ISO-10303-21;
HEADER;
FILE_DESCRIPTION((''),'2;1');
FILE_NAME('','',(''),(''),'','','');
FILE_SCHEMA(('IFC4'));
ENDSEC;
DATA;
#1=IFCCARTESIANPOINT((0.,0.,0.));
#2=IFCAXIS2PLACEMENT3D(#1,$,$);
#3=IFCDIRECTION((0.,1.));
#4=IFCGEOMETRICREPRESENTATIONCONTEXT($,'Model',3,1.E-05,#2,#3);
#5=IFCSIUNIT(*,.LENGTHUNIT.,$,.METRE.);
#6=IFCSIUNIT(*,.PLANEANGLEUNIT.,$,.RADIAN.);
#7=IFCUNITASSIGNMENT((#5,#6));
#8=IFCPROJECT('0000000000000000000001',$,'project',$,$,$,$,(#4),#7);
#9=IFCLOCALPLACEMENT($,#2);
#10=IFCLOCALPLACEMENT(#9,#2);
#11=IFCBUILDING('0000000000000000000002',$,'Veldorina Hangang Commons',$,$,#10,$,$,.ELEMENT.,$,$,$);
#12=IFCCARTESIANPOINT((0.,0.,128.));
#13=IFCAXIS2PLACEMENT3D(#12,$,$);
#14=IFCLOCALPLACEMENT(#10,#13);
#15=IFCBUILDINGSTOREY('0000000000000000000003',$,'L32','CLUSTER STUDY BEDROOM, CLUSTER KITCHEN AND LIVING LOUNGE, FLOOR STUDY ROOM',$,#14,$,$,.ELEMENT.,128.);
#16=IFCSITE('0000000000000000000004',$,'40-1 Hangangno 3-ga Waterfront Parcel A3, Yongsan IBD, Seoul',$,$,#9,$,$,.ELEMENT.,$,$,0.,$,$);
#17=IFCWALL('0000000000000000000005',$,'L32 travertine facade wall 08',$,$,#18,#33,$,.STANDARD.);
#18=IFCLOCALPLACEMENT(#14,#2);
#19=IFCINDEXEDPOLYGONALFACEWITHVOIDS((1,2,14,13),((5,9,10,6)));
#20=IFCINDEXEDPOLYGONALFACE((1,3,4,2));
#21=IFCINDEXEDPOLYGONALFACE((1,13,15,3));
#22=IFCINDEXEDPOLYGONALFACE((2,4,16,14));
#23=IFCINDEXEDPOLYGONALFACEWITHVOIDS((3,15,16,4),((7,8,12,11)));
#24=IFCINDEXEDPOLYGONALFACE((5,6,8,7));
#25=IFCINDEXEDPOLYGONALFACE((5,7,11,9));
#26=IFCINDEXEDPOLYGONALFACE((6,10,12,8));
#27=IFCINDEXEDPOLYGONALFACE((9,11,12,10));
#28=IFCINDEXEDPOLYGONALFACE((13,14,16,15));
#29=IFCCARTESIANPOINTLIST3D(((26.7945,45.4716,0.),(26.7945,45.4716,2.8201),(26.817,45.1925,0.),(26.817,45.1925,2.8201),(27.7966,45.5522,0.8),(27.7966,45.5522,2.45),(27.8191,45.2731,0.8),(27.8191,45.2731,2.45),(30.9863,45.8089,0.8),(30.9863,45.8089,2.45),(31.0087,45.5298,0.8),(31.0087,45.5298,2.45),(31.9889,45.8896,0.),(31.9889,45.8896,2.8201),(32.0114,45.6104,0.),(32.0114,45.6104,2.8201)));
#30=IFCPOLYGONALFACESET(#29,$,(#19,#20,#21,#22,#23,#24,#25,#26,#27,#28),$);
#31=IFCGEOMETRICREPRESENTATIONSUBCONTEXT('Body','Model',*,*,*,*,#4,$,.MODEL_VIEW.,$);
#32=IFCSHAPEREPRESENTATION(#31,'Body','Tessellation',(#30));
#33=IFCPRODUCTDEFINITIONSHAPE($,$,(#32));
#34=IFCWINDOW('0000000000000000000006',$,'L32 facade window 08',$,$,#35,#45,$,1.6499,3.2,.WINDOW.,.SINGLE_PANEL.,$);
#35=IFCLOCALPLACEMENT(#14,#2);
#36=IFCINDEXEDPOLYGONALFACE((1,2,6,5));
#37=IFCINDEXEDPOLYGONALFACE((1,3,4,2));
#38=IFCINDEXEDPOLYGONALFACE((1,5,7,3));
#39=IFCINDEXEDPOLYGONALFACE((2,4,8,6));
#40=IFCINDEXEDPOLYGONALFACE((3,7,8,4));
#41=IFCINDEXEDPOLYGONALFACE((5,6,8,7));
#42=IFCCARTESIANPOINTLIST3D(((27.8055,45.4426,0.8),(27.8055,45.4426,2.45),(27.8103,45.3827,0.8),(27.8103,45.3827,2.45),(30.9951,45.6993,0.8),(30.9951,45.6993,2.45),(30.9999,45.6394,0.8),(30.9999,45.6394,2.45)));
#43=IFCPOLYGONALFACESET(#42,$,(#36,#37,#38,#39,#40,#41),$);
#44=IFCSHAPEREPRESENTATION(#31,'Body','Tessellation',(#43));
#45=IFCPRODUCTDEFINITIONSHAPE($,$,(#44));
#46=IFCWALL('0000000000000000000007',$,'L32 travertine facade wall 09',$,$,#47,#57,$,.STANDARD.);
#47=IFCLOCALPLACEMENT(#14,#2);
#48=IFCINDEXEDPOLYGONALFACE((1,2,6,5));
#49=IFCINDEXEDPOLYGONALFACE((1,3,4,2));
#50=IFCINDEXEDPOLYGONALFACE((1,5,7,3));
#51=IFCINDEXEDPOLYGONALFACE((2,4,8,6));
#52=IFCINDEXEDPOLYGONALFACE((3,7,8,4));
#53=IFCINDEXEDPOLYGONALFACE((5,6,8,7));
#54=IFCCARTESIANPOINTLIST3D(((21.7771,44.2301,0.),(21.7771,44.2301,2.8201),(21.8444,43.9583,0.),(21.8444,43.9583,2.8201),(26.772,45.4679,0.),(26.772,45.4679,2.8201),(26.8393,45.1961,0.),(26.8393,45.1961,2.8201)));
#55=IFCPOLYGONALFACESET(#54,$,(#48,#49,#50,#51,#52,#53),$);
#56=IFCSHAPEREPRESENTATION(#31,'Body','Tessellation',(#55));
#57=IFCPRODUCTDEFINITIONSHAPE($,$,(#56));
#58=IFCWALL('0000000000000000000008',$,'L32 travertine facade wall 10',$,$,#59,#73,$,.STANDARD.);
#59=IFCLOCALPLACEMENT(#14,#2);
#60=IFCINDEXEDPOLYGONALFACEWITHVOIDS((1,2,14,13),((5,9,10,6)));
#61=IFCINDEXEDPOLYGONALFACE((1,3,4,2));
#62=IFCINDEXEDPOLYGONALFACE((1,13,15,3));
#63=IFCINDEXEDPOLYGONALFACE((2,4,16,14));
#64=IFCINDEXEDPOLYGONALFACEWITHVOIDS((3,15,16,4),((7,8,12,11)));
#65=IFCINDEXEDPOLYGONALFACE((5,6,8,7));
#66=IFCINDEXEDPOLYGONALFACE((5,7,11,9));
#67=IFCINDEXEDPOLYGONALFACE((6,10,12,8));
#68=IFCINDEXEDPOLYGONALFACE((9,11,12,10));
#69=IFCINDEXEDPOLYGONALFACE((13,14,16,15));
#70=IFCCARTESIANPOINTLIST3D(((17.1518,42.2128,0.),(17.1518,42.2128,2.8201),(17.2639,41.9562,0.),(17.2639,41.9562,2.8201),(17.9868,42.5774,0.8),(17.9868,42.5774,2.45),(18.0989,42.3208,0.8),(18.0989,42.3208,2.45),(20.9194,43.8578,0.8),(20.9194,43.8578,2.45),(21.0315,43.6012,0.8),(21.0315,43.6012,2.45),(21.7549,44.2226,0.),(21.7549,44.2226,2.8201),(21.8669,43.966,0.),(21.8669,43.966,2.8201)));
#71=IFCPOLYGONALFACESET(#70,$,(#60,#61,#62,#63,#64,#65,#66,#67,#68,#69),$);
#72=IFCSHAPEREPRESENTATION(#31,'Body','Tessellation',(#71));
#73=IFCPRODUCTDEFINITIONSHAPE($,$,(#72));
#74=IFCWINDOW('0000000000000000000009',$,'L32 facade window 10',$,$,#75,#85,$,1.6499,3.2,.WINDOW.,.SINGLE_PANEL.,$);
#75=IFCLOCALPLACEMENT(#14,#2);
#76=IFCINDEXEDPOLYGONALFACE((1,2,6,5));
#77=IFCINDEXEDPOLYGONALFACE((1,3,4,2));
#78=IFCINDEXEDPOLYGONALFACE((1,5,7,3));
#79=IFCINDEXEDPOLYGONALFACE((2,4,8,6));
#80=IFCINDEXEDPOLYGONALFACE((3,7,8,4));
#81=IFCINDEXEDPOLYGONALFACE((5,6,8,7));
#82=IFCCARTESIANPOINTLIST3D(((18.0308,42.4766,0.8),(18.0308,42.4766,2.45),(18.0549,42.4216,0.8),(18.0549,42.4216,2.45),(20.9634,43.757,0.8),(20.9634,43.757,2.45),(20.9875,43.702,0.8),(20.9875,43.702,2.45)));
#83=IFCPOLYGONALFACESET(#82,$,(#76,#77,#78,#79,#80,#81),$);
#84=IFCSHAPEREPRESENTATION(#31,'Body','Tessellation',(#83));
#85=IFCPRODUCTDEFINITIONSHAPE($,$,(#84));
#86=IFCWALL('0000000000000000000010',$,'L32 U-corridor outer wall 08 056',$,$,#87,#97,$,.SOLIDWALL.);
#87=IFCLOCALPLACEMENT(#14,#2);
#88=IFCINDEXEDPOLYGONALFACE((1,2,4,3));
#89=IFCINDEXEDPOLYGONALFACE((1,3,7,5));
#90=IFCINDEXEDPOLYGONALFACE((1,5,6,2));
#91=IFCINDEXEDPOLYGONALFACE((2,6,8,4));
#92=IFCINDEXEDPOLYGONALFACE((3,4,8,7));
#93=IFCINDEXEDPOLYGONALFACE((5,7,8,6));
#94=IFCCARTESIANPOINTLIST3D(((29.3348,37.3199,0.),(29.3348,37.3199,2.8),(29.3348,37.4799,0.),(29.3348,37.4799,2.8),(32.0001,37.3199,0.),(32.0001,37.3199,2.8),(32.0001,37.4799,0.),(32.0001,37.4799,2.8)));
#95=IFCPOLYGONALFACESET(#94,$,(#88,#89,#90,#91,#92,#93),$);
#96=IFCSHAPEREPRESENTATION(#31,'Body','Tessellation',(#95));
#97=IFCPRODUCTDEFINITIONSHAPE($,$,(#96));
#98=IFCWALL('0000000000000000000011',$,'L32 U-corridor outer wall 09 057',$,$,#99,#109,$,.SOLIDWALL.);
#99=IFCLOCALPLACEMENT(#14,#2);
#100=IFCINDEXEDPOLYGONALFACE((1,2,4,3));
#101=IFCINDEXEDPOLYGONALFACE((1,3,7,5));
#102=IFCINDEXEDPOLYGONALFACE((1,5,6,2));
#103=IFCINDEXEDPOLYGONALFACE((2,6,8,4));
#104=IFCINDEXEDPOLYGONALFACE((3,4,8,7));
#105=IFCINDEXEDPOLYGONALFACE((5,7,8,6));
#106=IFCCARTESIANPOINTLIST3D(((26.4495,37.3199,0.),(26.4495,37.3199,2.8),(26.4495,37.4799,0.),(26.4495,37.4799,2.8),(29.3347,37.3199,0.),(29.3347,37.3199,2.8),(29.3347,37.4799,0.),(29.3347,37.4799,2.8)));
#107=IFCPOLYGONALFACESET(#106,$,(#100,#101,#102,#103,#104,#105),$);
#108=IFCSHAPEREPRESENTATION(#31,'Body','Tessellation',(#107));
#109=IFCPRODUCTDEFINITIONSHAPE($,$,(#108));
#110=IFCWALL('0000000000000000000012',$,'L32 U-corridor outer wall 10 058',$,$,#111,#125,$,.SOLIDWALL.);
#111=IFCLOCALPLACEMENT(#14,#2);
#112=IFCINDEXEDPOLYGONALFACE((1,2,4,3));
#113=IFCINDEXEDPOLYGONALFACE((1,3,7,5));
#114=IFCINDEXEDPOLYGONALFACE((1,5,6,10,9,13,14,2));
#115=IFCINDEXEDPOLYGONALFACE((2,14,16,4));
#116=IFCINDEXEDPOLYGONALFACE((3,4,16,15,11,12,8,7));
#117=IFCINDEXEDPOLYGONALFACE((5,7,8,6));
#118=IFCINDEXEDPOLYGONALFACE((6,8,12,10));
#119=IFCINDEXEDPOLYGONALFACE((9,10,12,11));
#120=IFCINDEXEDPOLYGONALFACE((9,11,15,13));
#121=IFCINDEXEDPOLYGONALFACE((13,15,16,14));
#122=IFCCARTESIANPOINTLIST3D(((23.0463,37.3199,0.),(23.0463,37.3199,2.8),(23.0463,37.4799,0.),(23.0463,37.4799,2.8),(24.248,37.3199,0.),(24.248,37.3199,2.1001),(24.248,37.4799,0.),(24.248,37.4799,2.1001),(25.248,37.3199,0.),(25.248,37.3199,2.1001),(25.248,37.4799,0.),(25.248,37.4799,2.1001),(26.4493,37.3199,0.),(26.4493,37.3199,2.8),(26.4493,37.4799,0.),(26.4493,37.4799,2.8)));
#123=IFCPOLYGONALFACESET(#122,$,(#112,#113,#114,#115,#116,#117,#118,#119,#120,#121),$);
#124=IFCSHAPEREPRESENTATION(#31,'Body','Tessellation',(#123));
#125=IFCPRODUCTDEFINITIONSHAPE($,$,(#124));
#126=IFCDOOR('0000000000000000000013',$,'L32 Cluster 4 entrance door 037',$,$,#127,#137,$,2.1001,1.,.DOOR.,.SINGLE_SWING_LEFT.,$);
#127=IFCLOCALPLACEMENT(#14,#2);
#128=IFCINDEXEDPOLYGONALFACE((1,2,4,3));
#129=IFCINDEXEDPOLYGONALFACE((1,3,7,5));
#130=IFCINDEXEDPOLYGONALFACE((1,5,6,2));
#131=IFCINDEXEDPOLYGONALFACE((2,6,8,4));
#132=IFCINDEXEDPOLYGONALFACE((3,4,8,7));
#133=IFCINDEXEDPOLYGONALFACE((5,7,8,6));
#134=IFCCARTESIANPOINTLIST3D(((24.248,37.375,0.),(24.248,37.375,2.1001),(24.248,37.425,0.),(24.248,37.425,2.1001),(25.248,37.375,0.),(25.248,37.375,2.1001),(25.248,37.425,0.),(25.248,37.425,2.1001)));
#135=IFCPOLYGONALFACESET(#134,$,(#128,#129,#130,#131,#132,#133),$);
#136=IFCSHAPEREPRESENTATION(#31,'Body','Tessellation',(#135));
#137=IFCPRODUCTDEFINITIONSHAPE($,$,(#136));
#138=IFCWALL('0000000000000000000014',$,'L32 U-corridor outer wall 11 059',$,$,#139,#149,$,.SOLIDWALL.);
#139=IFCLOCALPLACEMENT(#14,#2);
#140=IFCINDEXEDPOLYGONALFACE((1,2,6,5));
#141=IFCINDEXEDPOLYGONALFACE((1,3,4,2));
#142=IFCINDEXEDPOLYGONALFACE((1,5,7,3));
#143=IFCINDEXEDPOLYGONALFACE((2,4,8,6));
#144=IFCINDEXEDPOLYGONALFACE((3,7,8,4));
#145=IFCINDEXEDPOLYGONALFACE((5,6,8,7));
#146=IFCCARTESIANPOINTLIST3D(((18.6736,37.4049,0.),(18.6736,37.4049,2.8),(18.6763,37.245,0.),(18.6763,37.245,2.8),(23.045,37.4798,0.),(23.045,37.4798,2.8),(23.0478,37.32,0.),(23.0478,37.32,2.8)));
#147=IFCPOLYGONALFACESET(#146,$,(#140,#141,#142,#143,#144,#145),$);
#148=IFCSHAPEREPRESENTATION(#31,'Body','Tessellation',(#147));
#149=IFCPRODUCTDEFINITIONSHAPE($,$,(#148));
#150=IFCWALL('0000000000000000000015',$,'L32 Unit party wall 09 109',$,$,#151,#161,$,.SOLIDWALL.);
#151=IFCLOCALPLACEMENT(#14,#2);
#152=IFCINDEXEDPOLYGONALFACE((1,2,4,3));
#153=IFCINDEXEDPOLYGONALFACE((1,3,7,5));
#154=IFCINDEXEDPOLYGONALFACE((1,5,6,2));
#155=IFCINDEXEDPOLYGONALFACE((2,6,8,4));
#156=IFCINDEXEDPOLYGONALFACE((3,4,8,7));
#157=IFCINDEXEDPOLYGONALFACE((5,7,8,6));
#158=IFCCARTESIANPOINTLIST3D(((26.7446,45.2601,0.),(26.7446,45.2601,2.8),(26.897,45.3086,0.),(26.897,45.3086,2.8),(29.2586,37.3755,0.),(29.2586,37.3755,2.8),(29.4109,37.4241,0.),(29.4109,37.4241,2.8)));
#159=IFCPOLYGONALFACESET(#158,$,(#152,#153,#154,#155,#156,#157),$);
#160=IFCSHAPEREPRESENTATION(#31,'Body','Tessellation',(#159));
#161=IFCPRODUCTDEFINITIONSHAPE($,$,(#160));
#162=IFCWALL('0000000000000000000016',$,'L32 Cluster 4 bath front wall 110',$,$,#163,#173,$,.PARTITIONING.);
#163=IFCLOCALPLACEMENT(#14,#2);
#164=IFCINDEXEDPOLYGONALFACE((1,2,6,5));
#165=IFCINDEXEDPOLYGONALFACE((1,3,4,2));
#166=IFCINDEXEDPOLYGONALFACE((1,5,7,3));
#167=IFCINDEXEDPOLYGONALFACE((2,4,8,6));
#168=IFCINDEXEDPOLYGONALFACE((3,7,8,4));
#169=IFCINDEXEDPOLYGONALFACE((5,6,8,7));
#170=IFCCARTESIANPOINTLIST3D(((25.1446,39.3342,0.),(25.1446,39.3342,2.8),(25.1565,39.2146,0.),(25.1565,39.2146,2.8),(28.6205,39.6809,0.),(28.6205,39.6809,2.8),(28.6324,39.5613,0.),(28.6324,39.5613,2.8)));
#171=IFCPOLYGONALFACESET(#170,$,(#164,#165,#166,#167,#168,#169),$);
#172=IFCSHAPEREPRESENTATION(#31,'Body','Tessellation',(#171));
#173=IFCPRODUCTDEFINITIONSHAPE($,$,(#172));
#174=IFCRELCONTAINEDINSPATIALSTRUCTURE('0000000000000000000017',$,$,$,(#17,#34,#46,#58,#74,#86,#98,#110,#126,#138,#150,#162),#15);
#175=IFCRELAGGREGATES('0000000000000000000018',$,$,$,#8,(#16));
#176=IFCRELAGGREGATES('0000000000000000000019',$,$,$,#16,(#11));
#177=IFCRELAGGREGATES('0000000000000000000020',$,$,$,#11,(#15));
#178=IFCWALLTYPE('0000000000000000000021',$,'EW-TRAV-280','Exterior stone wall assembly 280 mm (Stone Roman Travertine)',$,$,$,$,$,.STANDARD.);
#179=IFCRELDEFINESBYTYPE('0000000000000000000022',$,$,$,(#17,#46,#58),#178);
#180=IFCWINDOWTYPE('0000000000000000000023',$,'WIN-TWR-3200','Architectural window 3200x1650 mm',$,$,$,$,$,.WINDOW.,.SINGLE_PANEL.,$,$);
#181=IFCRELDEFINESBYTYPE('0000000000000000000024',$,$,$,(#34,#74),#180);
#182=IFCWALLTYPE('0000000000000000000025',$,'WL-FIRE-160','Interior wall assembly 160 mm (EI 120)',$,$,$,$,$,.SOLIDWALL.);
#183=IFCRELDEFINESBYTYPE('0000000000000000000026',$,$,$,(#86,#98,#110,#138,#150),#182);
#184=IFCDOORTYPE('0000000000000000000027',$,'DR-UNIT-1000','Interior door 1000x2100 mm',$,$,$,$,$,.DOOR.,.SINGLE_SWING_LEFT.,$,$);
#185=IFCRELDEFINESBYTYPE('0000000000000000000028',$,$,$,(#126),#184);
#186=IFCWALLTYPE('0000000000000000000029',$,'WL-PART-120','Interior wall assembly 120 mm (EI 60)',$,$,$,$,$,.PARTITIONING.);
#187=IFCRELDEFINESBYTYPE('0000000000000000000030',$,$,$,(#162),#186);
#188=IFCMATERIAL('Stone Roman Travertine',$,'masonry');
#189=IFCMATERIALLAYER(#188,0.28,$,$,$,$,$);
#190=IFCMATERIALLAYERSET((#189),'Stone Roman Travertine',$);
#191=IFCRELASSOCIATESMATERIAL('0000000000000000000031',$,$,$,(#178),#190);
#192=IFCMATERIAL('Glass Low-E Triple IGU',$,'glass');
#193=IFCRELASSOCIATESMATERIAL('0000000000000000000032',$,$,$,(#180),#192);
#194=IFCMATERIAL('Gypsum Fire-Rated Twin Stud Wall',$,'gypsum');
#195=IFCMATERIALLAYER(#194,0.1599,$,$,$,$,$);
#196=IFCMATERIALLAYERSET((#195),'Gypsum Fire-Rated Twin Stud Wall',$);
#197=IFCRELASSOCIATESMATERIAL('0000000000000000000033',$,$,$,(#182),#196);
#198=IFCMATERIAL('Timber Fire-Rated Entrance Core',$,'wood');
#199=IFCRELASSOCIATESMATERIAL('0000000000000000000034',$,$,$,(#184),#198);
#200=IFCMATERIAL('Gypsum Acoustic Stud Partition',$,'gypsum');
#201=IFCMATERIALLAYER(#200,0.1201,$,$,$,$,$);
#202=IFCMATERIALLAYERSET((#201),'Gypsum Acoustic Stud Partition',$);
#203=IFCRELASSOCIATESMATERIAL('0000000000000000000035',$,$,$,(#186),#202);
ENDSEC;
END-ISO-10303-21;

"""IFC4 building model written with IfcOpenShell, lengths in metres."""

from ifc_helpers import new_model, si_unit, direction, frame, frame_2d, origin, place, context, subcontext, project, spatial, rectangle, extrude, material, layer, layer_set, type_object, element, fill, save


model = new_model("IFC4")

# Units and contexts
model_context = context("Model", 3, precision=1e-05, world=origin(), true_north=direction((0.0, 1.0)))
body_context = subcontext(model_context, "Body", "Model", "MODEL_VIEW")
ifc_project = project(units=[si_unit("LENGTHUNIT", "METRE"), si_unit("PLANEANGLEUNIT", "RADIAN")], contexts=[model_context])

# Site, building, storey
site_placement = place(None, origin())
site = spatial("IfcSite", under=ifc_project, at=site_placement, Name="40-1 Hangangno 3-ga Waterfront Parcel A3, Yongsan IBD, Seoul", CompositionType="ELEMENT", RefElevation=0.0)
building_placement = place(site_placement, origin())
building = spatial("IfcBuilding", under=site, at=building_placement, Name="Veldorina Hangang Commons", CompositionType="ELEMENT")
storey_placement = place(building_placement, frame((0.0, 0.0, 128.0)))
storey = spatial("IfcBuildingStorey", under=building, at=storey_placement, Name="L32", Description="CLUSTER STUDY BEDROOM, CLUSTER KITCHEN AND LIVING LOUNGE, FLOOR STUDY ROOM", CompositionType="ELEMENT", Elevation=128.0)

# Wall, opening, window
ifc_material_1 = material(Name="Stone Roman Travertine", Category="masonry")
ifc_layer_1 = layer(ifc_material_1, 0.28)
ifc_layer_set_1 = layer_set([ifc_layer_1], Name="Stone Roman Travertine")
wall_type_1 = type_object("IfcWallType", Name="EW-TRAV-280", Description="Exterior stone wall assembly 280 mm (Stone Roman Travertine)", PredefinedType="STANDARD", material=ifc_layer_set_1)
wall_1_placement = place(storey_placement, frame((32.0, 45.75, 0.0), z_axis=(0.0, 0.0, 1.0), x_axis=(-0.996778, -0.080207, 0.0)))
wall_1 = element("IfcWall", 1, at=wall_1_placement, inside=storey, type_object=wall_type_1, Name="L32 travertine facade wall 08", PredefinedType="STANDARD", context=body_context, shape_type="SweptSolid", body=[
    extrude(rectangle(XDim=5.2112, YDim=0.28, at=frame_2d((2.6055, 0.0))), origin(), (0.0, 0.0, 1.0), 2.8201),
])
opening_1_placement = place(wall_1_placement, frame((1.0056, 0.0, 0.8)))
opening_1 = element("IfcOpeningElement", 2, at=opening_1_placement, cuts=wall_1, PredefinedType="OPENING", context=body_context, shape_type="SweptSolid", body=[
    extrude(rectangle(XDim=3.2, YDim=1.6499, at=frame_2d((1.6001, 0.825))), frame((0.0, 0.1499, 0.0), z_axis=(0.0, -1.0, 0.0), x_axis=(1.0, 0.0, 0.0)), (0.0, 0.0, 1.0), 0.3),
])
ifc_material_2 = material(Name="Glass Low-E Triple IGU", Category="glass")
window_type = type_object("IfcWindowType", Name="WIN-TWR-3200", Description="Architectural window 3200x1650 mm", PartitioningType="SINGLE_PANEL", PredefinedType="WINDOW", material=ifc_material_2)
window_1_placement = place(opening_1_placement, origin())
window_1 = element("IfcWindow", 3, at=window_1_placement, inside=storey, type_object=window_type, Name="L32 facade window 08", OverallHeight=1.6499, OverallWidth=3.2, PartitioningType="SINGLE_PANEL", PredefinedType="WINDOW", context=body_context, shape_type="SweptSolid", body=[
    extrude(rectangle(XDim=3.2, YDim=1.6499, at=frame_2d((1.6001, 0.825))), frame((0.0, 0.03, 0.0), z_axis=(0.0, -1.0, 0.0), x_axis=(1.0, 0.0, 0.0)), (0.0, 0.0, 1.0), 0.0601),
])
fill(opening_1, window_1)

# Wall
wall_2_placement = place(storey_placement, frame((26.8057, 45.332, 0.0), z_axis=(0.0, 0.0, 1.0), x_axis=(-0.97064, -0.240537, 0.0)))
element("IfcWall", 4, at=wall_2_placement, inside=storey, type_object=wall_type_1, Name="L32 travertine facade wall 09", PredefinedType="STANDARD", context=body_context, shape_type="SweptSolid", body=[
    extrude(rectangle(XDim=5.146, YDim=0.28, at=frame_2d((2.573, 0.0))), origin(), (0.0, 0.0, 1.0), 2.8201),
])

# Wall, opening, window
wall_3_placement = place(storey_placement, frame((21.8108, 44.0942, 0.0), z_axis=(0.0, 0.0, 1.0), x_axis=(-0.916454, -0.40014, 0.0)))
wall_3 = element("IfcWall", 5, at=wall_3_placement, inside=storey, type_object=wall_type_1, Name="L32 travertine facade wall 10", PredefinedType="STANDARD", context=body_context, shape_type="SweptSolid", body=[
    extrude(rectangle(XDim=5.0227, YDim=0.28, at=frame_2d((2.5112, 0.0))), origin(), (0.0, 0.0, 1.0), 2.8201),
])
opening_2_placement = place(wall_3_placement, frame((0.9114, 0.0, 0.8)))
opening_2 = element("IfcOpeningElement", 6, at=opening_2_placement, cuts=wall_3, PredefinedType="OPENING", context=body_context, shape_type="SweptSolid", body=[
    extrude(rectangle(XDim=3.2, YDim=1.6499, at=frame_2d((1.6001, 0.825))), frame((0.0, 0.1499, 0.0), z_axis=(0.0, -1.0, 0.0), x_axis=(1.0, 0.0, 0.0)), (0.0, 0.0, 1.0), 0.3),
])
window_2_placement = place(opening_2_placement, origin())
window_2 = element("IfcWindow", 7, at=window_2_placement, inside=storey, type_object=window_type, Name="L32 facade window 10", OverallHeight=1.6499, OverallWidth=3.2, PartitioningType="SINGLE_PANEL", PredefinedType="WINDOW", context=body_context, shape_type="SweptSolid", body=[
    extrude(rectangle(XDim=3.2, YDim=1.6499, at=frame_2d((1.6001, 0.825))), frame((0.0, 0.03, 0.0), z_axis=(0.0, -1.0, 0.0), x_axis=(1.0, 0.0, 0.0)), (0.0, 0.0, 1.0), 0.0601),
])
fill(opening_2, window_2)

# Walls
ifc_material_3 = material(Name="Gypsum Fire-Rated Twin Stud Wall", Category="gypsum")
ifc_layer_2 = layer(ifc_material_3, 0.1599)
ifc_layer_set_2 = layer_set([ifc_layer_2], Name="Gypsum Fire-Rated Twin Stud Wall")
wall_type_2 = type_object("IfcWallType", Name="WL-FIRE-160", Description="Interior wall assembly 160 mm (EI 120)", PredefinedType="SOLIDWALL", material=ifc_layer_set_2)
wall_4_placement = place(storey_placement, frame((32.0, 37.3999, 0.0), z_axis=(0.0, 0.0, 1.0), x_axis=(-1.0, 0.0, 0.0)))
element("IfcWall", 8, at=wall_4_placement, inside=storey, type_object=wall_type_2, Name="L32 U-corridor outer wall 08 056", PredefinedType="SOLIDWALL", context=body_context, shape_type="SweptSolid", body=[
    extrude(rectangle(XDim=2.6653, YDim=0.1599, at=frame_2d((1.3325, 0.0))), origin(), (0.0, 0.0, 1.0), 2.8),
])
wall_5_placement = place(storey_placement, frame((29.3347, 37.3999, 0.0), z_axis=(0.0, 0.0, 1.0), x_axis=(-1.0, 0.0, 0.0)))
element("IfcWall", 9, at=wall_5_placement, inside=storey, type_object=wall_type_2, Name="L32 U-corridor outer wall 09 057", PredefinedType="SOLIDWALL", context=body_context, shape_type="SweptSolid", body=[
    extrude(rectangle(XDim=2.8853, YDim=0.1599, at=frame_2d((1.4426, 0.0))), origin(), (0.0, 0.0, 1.0), 2.8),
])

# Wall, opening, door
wall_6_placement = place(storey_placement, frame((26.4495, 37.3999, 0.0), z_axis=(0.0, 0.0, 1.0), x_axis=(-1.0, 0.0, 0.0)))
wall_6 = element("IfcWall", 10, at=wall_6_placement, inside=storey, type_object=wall_type_2, Name="L32 U-corridor outer wall 10 058", PredefinedType="SOLIDWALL", context=body_context, shape_type="SweptSolid", body=[
    extrude(rectangle(XDim=3.4031, YDim=0.1599, at=frame_2d((1.7017, 0.0))), origin(), (0.0, 0.0, 1.0), 2.8),
])
opening_3_placement = place(wall_6_placement, frame((1.2014, 0.0, 0.0)))
opening_3 = element("IfcOpeningElement", 11, at=opening_3_placement, cuts=wall_6, PredefinedType="OPENING", context=body_context, shape_type="SweptSolid", body=[
    extrude(rectangle(XDim=1.0, YDim=2.1001, at=frame_2d((0.5, 1.05))), frame((0.0, 0.0898, 0.0), z_axis=(0.0, -1.0, 0.0), x_axis=(1.0, 0.0, 0.0)), (0.0, 0.0, 1.0), 0.1799),
])
ifc_material_4 = material(Name="Timber Fire-Rated Entrance Core", Category="wood")
door_type_1 = type_object("IfcDoorType", Name="DR-UNIT-1000", Description="Interior door 1000x2100 mm", OperationType="SINGLE_SWING_LEFT", PredefinedType="DOOR", material=ifc_material_4)
door_1_placement = place(opening_3_placement, origin())
door_1 = element("IfcDoor", 12, at=door_1_placement, inside=storey, type_object=door_type_1, Name="L32 Cluster 4 entrance door 037", OperationType="SINGLE_SWING_LEFT", OverallHeight=2.1001, OverallWidth=1.0, PredefinedType="DOOR", context=body_context, shape_type="SweptSolid", body=[
    extrude(rectangle(XDim=1.0, YDim=2.1001, at=frame_2d((0.5, 1.05))), frame((0.0, 0.0249, 0.0), z_axis=(0.0, -1.0, 0.0), x_axis=(1.0, 0.0, 0.0)), (0.0, 0.0, 1.0), 0.05),
])
fill(opening_3, door_1)

# Walls
wall_7_placement = place(storey_placement, frame((23.0464, 37.3999, 0.0), z_axis=(0.0, 0.0, 1.0), x_axis=(-0.999853, -0.017144, 0.0)))
element("IfcWall", 13, at=wall_7_placement, inside=storey, type_object=wall_type_2, Name="L32 U-corridor outer wall 11 059", PredefinedType="SOLIDWALL", context=body_context, shape_type="SweptSolid", body=[
    extrude(rectangle(XDim=4.3721, YDim=0.1599, at=frame_2d((2.186, 0.0))), origin(), (0.0, 0.0, 1.0), 2.8),
])
wall_8_placement = place(storey_placement, frame((29.3347, 37.3999, 0.0), z_axis=(0.0, 0.0, 1.0), x_axis=(-0.303775, 0.952744, 0.0)))
element("IfcWall", 14, at=wall_8_placement, inside=storey, type_object=wall_type_2, Name="L32 Unit party wall 09 109", PredefinedType="SOLIDWALL", context=body_context, shape_type="SweptSolid", body=[
    extrude(rectangle(XDim=8.2756, YDim=0.1599, at=frame_2d((4.1377, 0.0))), origin(), (0.0, 0.0, 1.0), 2.8),
])
ifc_material_5 = material(Name="Gypsum Acoustic Stud Partition", Category="gypsum")
ifc_layer_3 = layer(ifc_material_5, 0.1201)
ifc_layer_set_3 = layer_set([ifc_layer_3], Name="Gypsum Acoustic Stud Partition")
wall_type_3 = type_object("IfcWallType", Name="WL-PART-120", Description="Interior wall assembly 120 mm (EI 60)", PredefinedType="PARTITIONING", material=ifc_layer_set_3)
wall_9_placement = place(storey_placement, frame((28.6265, 39.6211, 0.0), z_axis=(0.0, 0.0, 1.0), x_axis=(-0.995063, -0.099248, 0.0)))
element("IfcWall", 15, at=wall_9_placement, inside=storey, type_object=wall_type_3, Name="L32 Cluster 4 bath front wall 110", PredefinedType="PARTITIONING", context=body_context, shape_type="SweptSolid", body=[
    extrude(rectangle(XDim=3.4932, YDim=0.1201, at=frame_2d((1.7466, 0.0))), origin(), (0.0, 0.0, 1.0), 2.8),
])

save(model, "model.ifc")
